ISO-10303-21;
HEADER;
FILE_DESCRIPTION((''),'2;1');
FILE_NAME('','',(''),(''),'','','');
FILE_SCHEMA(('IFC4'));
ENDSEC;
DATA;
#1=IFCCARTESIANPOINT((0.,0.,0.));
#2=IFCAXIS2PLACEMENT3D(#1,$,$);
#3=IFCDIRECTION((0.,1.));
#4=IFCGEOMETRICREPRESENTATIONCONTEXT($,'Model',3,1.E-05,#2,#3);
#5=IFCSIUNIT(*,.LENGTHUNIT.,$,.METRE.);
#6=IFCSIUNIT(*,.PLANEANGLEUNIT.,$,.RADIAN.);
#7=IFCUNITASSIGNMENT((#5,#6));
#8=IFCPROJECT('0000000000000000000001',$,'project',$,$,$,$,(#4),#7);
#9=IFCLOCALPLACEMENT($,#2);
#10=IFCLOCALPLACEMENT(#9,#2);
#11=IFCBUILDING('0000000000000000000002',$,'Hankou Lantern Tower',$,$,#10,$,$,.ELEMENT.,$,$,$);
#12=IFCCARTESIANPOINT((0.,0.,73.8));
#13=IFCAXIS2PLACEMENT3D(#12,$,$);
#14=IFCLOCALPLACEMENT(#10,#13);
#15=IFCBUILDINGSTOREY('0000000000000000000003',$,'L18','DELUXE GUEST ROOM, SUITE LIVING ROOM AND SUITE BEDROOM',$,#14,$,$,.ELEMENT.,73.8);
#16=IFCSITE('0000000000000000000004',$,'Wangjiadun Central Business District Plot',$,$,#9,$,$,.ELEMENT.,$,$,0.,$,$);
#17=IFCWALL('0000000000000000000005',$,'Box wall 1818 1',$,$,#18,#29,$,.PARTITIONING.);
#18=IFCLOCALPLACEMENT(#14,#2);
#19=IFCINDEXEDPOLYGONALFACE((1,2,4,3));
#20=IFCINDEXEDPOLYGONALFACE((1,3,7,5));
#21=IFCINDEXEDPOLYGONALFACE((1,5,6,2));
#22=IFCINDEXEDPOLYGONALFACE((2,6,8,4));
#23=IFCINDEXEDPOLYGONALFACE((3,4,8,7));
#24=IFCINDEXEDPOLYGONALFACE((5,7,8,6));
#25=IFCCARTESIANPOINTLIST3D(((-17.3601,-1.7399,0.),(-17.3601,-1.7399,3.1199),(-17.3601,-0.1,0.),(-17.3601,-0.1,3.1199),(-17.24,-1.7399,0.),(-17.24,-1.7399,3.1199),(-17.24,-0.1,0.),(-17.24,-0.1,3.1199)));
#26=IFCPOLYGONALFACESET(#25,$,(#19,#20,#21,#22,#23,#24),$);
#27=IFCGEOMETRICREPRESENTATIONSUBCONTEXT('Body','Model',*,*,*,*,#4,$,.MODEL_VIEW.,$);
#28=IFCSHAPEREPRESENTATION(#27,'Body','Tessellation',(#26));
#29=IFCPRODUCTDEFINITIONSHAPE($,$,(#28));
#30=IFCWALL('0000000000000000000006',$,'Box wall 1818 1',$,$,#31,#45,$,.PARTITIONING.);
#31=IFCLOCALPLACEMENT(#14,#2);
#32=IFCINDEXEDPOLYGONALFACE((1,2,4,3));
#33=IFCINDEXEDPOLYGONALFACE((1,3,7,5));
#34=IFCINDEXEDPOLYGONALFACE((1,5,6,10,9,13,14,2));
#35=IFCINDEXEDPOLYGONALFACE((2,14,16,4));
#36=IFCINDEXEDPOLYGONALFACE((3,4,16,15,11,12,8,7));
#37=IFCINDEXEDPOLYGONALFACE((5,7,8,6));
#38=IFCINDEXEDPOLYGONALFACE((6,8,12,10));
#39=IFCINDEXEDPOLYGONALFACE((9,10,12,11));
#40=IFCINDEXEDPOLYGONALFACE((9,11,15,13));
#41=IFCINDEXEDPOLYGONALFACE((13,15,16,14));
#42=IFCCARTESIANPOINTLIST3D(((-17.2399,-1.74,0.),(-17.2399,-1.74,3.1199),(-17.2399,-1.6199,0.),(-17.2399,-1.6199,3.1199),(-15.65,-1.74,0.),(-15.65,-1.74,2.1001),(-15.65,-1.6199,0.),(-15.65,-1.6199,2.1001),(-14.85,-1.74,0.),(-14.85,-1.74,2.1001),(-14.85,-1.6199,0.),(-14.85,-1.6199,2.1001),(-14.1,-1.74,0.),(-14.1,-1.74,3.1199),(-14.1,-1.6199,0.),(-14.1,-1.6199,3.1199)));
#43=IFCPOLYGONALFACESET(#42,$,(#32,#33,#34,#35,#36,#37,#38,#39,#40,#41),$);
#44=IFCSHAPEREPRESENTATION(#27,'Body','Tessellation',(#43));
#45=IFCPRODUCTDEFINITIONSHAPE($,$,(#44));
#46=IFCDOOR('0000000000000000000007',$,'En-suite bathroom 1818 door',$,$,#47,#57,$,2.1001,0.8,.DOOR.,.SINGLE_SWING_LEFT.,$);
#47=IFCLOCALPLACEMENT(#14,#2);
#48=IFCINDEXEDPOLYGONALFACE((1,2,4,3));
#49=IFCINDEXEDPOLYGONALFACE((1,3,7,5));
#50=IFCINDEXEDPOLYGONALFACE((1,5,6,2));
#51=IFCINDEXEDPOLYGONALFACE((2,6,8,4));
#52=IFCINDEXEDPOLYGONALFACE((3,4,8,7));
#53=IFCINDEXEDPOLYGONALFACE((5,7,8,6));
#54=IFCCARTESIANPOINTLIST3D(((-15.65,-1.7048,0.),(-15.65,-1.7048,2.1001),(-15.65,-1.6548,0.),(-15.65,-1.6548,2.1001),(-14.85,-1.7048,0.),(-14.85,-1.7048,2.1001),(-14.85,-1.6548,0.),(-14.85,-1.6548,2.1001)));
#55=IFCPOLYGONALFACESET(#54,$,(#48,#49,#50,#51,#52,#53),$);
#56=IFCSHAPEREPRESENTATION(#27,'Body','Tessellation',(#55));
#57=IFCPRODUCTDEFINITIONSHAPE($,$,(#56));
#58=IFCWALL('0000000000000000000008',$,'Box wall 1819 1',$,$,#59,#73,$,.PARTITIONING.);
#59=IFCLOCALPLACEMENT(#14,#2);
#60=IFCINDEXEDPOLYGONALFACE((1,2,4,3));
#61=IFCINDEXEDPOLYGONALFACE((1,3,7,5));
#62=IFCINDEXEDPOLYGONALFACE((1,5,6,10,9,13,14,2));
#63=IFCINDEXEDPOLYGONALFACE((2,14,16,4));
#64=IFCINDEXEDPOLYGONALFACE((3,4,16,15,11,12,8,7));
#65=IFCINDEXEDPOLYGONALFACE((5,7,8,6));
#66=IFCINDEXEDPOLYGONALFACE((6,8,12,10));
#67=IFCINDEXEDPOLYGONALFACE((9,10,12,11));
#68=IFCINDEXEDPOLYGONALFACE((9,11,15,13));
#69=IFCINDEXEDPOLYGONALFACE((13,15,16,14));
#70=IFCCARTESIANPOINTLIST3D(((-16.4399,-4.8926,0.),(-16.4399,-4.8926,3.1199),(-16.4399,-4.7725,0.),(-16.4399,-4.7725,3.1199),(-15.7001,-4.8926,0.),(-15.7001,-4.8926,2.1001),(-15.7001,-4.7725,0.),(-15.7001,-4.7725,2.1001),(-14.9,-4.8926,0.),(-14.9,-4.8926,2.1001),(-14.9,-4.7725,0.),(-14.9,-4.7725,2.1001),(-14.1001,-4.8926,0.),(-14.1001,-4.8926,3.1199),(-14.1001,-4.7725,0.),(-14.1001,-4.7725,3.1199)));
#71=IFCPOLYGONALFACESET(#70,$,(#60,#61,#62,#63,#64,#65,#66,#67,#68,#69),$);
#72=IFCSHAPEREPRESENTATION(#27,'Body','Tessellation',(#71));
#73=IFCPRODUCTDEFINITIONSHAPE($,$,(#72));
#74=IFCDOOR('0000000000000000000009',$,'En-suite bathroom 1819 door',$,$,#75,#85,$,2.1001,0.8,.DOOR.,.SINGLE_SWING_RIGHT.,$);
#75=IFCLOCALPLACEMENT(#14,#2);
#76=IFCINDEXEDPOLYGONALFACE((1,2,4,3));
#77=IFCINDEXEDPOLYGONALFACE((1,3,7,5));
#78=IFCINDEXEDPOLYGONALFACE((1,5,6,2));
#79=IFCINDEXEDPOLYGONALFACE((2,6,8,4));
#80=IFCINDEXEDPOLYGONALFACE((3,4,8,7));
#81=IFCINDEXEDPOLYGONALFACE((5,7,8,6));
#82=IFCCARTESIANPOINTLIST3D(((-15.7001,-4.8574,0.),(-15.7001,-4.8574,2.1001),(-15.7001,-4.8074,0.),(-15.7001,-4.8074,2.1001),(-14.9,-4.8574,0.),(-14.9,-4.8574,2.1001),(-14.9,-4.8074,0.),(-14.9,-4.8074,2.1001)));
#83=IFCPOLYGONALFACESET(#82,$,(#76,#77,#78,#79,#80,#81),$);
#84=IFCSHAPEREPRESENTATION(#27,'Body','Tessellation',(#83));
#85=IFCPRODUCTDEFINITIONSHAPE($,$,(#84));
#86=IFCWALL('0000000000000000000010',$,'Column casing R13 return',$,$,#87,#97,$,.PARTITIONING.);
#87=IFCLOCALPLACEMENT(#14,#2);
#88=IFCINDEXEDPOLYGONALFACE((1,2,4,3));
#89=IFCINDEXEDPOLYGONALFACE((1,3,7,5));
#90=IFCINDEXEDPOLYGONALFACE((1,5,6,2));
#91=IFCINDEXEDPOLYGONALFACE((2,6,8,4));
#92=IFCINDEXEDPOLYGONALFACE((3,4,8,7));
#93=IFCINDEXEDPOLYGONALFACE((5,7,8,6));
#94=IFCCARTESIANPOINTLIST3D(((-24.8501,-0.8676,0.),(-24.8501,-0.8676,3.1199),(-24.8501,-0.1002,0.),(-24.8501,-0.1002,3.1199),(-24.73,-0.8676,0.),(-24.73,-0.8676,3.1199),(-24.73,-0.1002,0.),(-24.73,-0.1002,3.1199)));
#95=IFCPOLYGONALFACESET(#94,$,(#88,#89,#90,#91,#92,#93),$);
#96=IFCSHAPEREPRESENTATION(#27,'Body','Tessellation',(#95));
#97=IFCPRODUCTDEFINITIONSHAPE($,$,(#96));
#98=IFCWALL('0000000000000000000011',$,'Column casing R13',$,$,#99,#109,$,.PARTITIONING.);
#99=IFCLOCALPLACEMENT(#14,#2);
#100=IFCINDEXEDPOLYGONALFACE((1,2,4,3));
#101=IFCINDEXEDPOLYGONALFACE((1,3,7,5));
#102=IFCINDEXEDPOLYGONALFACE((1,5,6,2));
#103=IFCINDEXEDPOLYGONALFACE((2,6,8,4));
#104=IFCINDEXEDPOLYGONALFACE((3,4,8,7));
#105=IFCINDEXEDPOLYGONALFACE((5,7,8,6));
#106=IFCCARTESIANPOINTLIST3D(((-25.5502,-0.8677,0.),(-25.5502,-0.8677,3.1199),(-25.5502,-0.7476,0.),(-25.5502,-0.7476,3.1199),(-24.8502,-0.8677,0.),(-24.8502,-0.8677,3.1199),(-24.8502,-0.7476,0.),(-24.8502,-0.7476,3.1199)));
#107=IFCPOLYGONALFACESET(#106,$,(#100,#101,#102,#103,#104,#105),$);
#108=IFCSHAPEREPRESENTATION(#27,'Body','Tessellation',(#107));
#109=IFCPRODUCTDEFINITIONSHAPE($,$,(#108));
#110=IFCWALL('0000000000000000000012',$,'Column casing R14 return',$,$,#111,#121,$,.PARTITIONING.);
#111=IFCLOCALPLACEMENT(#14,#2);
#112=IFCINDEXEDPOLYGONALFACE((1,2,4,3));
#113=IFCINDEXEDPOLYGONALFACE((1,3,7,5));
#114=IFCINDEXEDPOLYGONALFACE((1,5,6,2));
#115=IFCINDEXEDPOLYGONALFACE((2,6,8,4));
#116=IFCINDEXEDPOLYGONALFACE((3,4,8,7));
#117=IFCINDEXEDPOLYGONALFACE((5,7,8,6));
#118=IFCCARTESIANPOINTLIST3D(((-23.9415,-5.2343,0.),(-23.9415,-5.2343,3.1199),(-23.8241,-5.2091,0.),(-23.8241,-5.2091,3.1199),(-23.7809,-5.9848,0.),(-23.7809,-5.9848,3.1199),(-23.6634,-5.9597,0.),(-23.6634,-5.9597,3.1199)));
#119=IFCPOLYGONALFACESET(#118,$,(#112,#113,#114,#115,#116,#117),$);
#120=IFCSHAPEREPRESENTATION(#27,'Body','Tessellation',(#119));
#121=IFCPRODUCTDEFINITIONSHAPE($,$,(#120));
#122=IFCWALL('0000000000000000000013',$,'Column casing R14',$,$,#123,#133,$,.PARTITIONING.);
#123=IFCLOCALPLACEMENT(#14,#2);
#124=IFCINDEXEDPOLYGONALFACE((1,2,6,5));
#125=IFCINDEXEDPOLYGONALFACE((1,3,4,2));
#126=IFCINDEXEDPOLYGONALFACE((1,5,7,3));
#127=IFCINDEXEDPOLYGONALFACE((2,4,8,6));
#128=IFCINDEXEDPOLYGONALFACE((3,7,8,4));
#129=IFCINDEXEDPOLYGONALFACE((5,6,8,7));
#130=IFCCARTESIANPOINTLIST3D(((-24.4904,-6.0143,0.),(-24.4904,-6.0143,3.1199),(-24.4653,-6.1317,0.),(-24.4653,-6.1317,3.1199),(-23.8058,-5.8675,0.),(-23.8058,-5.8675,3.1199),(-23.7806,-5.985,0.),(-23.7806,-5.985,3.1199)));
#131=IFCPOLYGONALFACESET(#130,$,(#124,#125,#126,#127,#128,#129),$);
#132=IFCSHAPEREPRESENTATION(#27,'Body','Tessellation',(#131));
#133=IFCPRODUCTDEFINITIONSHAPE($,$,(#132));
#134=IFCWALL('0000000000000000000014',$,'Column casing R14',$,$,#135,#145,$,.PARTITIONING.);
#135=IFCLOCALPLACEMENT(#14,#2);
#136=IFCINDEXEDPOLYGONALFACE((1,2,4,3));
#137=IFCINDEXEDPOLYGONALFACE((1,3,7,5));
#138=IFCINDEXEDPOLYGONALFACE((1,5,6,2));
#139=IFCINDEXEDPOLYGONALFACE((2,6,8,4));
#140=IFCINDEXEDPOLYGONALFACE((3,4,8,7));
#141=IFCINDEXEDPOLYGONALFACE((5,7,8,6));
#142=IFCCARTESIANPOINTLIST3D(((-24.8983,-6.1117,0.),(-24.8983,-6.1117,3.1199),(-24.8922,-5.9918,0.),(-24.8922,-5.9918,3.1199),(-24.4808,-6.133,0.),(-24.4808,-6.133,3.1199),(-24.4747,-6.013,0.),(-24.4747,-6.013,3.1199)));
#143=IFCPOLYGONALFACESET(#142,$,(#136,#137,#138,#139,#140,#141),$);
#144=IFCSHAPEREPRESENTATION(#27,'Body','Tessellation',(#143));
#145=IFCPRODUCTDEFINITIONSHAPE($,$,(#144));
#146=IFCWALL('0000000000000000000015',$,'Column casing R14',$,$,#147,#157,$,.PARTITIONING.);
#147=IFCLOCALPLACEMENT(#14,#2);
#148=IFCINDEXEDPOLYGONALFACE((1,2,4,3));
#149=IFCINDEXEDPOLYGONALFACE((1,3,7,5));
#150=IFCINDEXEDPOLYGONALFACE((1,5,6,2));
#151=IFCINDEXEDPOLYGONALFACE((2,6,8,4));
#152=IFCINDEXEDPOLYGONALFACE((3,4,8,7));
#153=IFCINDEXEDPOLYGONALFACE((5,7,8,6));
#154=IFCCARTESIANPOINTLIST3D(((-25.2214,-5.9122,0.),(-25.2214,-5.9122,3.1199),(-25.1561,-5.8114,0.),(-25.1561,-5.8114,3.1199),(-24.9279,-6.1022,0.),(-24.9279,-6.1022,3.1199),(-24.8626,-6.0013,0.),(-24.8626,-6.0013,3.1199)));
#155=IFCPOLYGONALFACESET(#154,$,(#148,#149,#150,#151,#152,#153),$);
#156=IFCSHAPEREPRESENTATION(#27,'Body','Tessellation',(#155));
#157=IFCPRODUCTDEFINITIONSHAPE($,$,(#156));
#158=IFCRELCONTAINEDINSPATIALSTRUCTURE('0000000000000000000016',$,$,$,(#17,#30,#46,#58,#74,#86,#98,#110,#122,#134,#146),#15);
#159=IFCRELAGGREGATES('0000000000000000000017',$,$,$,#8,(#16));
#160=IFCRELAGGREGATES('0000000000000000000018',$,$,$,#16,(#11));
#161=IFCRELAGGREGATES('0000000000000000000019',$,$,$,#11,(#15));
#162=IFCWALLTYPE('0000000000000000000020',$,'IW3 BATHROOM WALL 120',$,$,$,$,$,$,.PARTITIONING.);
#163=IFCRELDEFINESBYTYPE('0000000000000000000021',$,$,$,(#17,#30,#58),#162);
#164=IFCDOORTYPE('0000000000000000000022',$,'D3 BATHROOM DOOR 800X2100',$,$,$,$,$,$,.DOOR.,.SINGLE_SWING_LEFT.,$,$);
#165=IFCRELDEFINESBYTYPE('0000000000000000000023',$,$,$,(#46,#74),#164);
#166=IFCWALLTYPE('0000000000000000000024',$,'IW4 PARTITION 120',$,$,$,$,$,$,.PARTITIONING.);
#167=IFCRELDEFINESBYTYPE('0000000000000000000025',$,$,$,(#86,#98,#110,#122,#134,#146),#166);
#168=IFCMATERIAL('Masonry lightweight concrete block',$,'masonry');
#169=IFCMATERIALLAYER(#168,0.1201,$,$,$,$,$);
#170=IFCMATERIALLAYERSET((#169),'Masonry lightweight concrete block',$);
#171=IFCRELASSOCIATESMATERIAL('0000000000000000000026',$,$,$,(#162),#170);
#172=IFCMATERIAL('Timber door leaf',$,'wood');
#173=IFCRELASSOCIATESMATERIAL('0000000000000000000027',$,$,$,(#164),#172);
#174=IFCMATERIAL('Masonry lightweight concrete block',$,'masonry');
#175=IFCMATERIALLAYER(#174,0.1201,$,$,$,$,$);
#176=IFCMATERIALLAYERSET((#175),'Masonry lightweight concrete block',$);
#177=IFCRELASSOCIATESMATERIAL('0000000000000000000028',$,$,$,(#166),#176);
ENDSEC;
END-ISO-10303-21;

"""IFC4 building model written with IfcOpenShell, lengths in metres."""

from ifc_helpers import new_model, si_unit, direction, frame, frame_2d, origin, place, context, subcontext, project, spatial, rectangle, extrude, material, layer, layer_set, type_object, element, fill, save


model = new_model("IFC4")

# Units and contexts
model_context = context("Model", 3, precision=1e-05, world=origin(), true_north=direction((0.0, 1.0)))
body_context = subcontext(model_context, "Body", "Model", "MODEL_VIEW")
ifc_project = project(units=[si_unit("LENGTHUNIT", "METRE"), si_unit("PLANEANGLEUNIT", "RADIAN")], contexts=[model_context])

# Site, building, storey
site_placement = place(None, origin())
site = spatial("IfcSite", under=ifc_project, at=site_placement, Name="Wangjiadun Central Business District Plot", CompositionType="ELEMENT", RefElevation=0.0)
building_placement = place(site_placement, origin())
building = spatial("IfcBuilding", under=site, at=building_placement, Name="Hankou Lantern Tower", CompositionType="ELEMENT")
storey_placement = place(building_placement, frame((0.0, 0.0, 73.8)))
storey = spatial("IfcBuildingStorey", under=building, at=storey_placement, Name="L18", Description="DELUXE GUEST ROOM, SUITE LIVING ROOM AND SUITE BEDROOM", CompositionType="ELEMENT", Elevation=73.8)

# Wall
ifc_material_1 = material(Name="Masonry lightweight concrete block", Category="masonry")
ifc_layer_1 = layer(ifc_material_1, 0.1201)
ifc_layer_set_1 = layer_set([ifc_layer_1], Name="Masonry lightweight concrete block")
wall_type_1 = type_object("IfcWallType", Name="IW3 BATHROOM WALL 120", PredefinedType="PARTITIONING", material=ifc_layer_set_1)
wall_1_placement = place(storey_placement, frame((-17.3, -0.1001, 0.0), z_axis=(0.0, 0.0, 1.0), x_axis=(0.0, -1.0, 0.0)))
element("IfcWall", 1, at=wall_1_placement, inside=storey, type_object=wall_type_1, Name="Box wall 1818 1", PredefinedType="PARTITIONING", context=body_context, shape_type="SweptSolid", body=[
    extrude(rectangle(XDim=1.6399, YDim=0.1201, at=frame_2d((0.8198, 0.0))), origin(), (0.0, 0.0, 1.0), 3.1199),
])

# Walls, openings, doors
wall_2_placement = place(storey_placement, frame((-14.1001, -1.6799, 0.0), z_axis=(0.0, 0.0, 1.0), x_axis=(-1.0, 0.0, 0.0)))
wall_2 = element("IfcWall", 2, at=wall_2_placement, inside=storey, type_object=wall_type_1, Name="Box wall 1818 1", PredefinedType="PARTITIONING", context=body_context, shape_type="SweptSolid", body=[
    extrude(rectangle(XDim=3.1399, YDim=0.1201, at=frame_2d((1.5698, 0.0))), origin(), (0.0, 0.0, 1.0), 3.1199),
])
opening_1_placement = place(wall_2_placement, frame((0.75, 0.0, 0.0)))
opening_1 = element("IfcOpeningElement", 3, at=opening_1_placement, cuts=wall_2, PredefinedType="OPENING", context=body_context, shape_type="SweptSolid", body=[
    extrude(rectangle(XDim=0.8, YDim=2.1001, at=frame_2d((0.3999, 1.05))), frame((0.0, 0.0701, 0.0), z_axis=(0.0, -1.0, 0.0), x_axis=(1.0, 0.0, 0.0)), (0.0, 0.0, 1.0), 0.1401),
])
ifc_material_2 = material(Name="Timber door leaf", Category="wood")
door_type_1 = type_object("IfcDoorType", Name="D3 BATHROOM DOOR 800X2100", OperationType="SINGLE_SWING_LEFT", PredefinedType="DOOR", material=ifc_material_2)
door_1_placement = place(opening_1_placement, origin())
door_1 = element("IfcDoor", 4, at=door_1_placement, inside=storey, type_object=door_type_1, Name="En-suite bathroom 1818 door", OperationType="SINGLE_SWING_LEFT", OverallHeight=2.1001, OverallWidth=0.8, PredefinedType="DOOR", context=body_context, shape_type="SweptSolid", body=[
    extrude(rectangle(XDim=0.8, YDim=2.1001, at=frame_2d((0.3999, 1.05))), frame((0.0, 0.0249, 0.0), z_axis=(0.0, -1.0, 0.0), x_axis=(1.0, 0.0, 0.0)), (0.0, 0.0, 1.0), 0.05),
])
fill(opening_1, door_1)
wall_3_placement = place(storey_placement, frame((-14.1001, -4.8325, 0.0), z_axis=(0.0, 0.0, 1.0), x_axis=(-1.0, 0.0, 0.0)))
wall_3 = element("IfcWall", 5, at=wall_3_placement, inside=storey, type_object=wall_type_1, Name="Box wall 1819 1", PredefinedType="PARTITIONING", context=body_context, shape_type="SweptSolid", body=[
    extrude(rectangle(XDim=2.3398, YDim=0.1201, at=frame_2d((1.1699, 0.0))), origin(), (0.0, 0.0, 1.0), 3.1199),
])
opening_2_placement = place(wall_3_placement, frame((0.8, 0.0, 0.0)))
opening_2 = element("IfcOpeningElement", 6, at=opening_2_placement, cuts=wall_3, PredefinedType="OPENING", context=body_context, shape_type="SweptSolid", body=[
    extrude(rectangle(XDim=0.8, YDim=2.1001, at=frame_2d((0.3999, 1.05))), frame((0.0, 0.0701, 0.0), z_axis=(0.0, -1.0, 0.0), x_axis=(1.0, 0.0, 0.0)), (0.0, 0.0, 1.0), 0.1401),
])
door_2_placement = place(opening_2_placement, origin())
door_2 = element("IfcDoor", 7, at=door_2_placement, inside=storey, type_object=door_type_1, Name="En-suite bathroom 1819 door", OperationType="SINGLE_SWING_RIGHT", OverallHeight=2.1001, OverallWidth=0.8, PredefinedType="DOOR", context=body_context, shape_type="SweptSolid", body=[
    extrude(rectangle(XDim=0.8, YDim=2.1001, at=frame_2d((0.3999, 1.05))), frame((0.0, 0.0249, 0.0), z_axis=(0.0, -1.0, 0.0), x_axis=(1.0, 0.0, 0.0)), (0.0, 0.0, 1.0), 0.05),
])
fill(opening_2, door_2)

# Walls
ifc_material_3 = material(Name="Masonry lightweight concrete block", Category="masonry")
ifc_layer_2 = layer(ifc_material_3, 0.1201)
ifc_layer_set_2 = layer_set([ifc_layer_2], Name="Masonry lightweight concrete block")
wall_type_2 = type_object("IfcWallType", Name="IW4 PARTITION 120", PredefinedType="PARTITIONING", material=ifc_layer_set_2)
wall_4_placement = place(storey_placement, frame((-24.79, -0.1001, 0.0), z_axis=(0.0, 0.0, 1.0), x_axis=(0.0, -1.0, 0.0)))
element("IfcWall", 8, at=wall_4_placement, inside=storey, type_object=wall_type_2, Name="Column casing R13 return", PredefinedType="PARTITIONING", context=body_context, shape_type="SweptSolid", body=[
    extrude(rectangle(XDim=0.7673, YDim=0.1201, at=frame_2d((0.3838, 0.0))), origin(), (0.0, 0.0, 1.0), 3.1199),
])
wall_5_placement = place(storey_placement, frame((-24.8501, -0.8076, 0.0), z_axis=(0.0, 0.0, 1.0), x_axis=(-1.0, 0.0, 0.0)))
element("IfcWall", 9, at=wall_5_placement, inside=storey, type_object=wall_type_2, Name="Column casing R13", PredefinedType="PARTITIONING", context=body_context, shape_type="SweptSolid", body=[
    extrude(rectangle(XDim=0.7, YDim=0.1201, at=frame_2d((0.3501, 0.0))), origin(), (0.0, 0.0, 1.0), 3.1199),
])
wall_6_placement = place(storey_placement, frame((-23.8828, -5.2217, 0.0), z_axis=(0.0, 0.0, 1.0), x_axis=(0.209312, -0.977849, 0.0)))
element("IfcWall", 10, at=wall_6_placement, inside=storey, type_object=wall_type_2, Name="Column casing R14 return", PredefinedType="PARTITIONING", context=body_context, shape_type="SweptSolid", body=[
    extrude(rectangle(XDim=0.7676, YDim=0.1201, at=frame_2d((0.3838, 0.0))), origin(), (0.0, 0.0, 1.0), 3.1199),
])
wall_7_placement = place(storey_placement, frame((-23.7932, -5.9263, 0.0), z_axis=(0.0, 0.0, 1.0), x_axis=(-0.977792, -0.209577, 0.0)))
element("IfcWall", 11, at=wall_7_placement, inside=storey, type_object=wall_type_2, Name="Column casing R14", PredefinedType="PARTITIONING", context=body_context, shape_type="SweptSolid", body=[
    extrude(rectangle(XDim=0.7002, YDim=0.1201, at=frame_2d((0.3501, 0.0))), origin(), (0.0, 0.0, 1.0), 3.1199),
])
wall_8_placement = place(storey_placement, frame((-24.4778, -6.073, 0.0), z_axis=(0.0, 0.0, 1.0), x_axis=(-0.998708, 0.050811, 0.0)))
element("IfcWall", 12, at=wall_8_placement, inside=storey, type_object=wall_type_2, Name="Column casing R14", PredefinedType="PARTITIONING", context=body_context, shape_type="SweptSolid", body=[
    extrude(rectangle(XDim=0.418, YDim=0.1201, at=frame_2d((0.209, 0.0))), origin(), (0.0, 0.0, 1.0), 3.1199),
])
wall_9_placement = place(storey_placement, frame((-24.8953, -6.0518, 0.0), z_axis=(0.0, 0.0, 1.0), x_axis=(-0.839495, 0.543367, 0.0)))
element("IfcWall", 13, at=wall_9_placement, inside=storey, type_object=wall_type_2, Name="Column casing R14", PredefinedType="PARTITIONING", context=body_context, shape_type="SweptSolid", body=[
    extrude(rectangle(XDim=0.3496, YDim=0.1201, at=frame_2d((0.1748, 0.0))), origin(), (0.0, 0.0, 1.0), 3.1199),
])

save(model, "model.ifc")
